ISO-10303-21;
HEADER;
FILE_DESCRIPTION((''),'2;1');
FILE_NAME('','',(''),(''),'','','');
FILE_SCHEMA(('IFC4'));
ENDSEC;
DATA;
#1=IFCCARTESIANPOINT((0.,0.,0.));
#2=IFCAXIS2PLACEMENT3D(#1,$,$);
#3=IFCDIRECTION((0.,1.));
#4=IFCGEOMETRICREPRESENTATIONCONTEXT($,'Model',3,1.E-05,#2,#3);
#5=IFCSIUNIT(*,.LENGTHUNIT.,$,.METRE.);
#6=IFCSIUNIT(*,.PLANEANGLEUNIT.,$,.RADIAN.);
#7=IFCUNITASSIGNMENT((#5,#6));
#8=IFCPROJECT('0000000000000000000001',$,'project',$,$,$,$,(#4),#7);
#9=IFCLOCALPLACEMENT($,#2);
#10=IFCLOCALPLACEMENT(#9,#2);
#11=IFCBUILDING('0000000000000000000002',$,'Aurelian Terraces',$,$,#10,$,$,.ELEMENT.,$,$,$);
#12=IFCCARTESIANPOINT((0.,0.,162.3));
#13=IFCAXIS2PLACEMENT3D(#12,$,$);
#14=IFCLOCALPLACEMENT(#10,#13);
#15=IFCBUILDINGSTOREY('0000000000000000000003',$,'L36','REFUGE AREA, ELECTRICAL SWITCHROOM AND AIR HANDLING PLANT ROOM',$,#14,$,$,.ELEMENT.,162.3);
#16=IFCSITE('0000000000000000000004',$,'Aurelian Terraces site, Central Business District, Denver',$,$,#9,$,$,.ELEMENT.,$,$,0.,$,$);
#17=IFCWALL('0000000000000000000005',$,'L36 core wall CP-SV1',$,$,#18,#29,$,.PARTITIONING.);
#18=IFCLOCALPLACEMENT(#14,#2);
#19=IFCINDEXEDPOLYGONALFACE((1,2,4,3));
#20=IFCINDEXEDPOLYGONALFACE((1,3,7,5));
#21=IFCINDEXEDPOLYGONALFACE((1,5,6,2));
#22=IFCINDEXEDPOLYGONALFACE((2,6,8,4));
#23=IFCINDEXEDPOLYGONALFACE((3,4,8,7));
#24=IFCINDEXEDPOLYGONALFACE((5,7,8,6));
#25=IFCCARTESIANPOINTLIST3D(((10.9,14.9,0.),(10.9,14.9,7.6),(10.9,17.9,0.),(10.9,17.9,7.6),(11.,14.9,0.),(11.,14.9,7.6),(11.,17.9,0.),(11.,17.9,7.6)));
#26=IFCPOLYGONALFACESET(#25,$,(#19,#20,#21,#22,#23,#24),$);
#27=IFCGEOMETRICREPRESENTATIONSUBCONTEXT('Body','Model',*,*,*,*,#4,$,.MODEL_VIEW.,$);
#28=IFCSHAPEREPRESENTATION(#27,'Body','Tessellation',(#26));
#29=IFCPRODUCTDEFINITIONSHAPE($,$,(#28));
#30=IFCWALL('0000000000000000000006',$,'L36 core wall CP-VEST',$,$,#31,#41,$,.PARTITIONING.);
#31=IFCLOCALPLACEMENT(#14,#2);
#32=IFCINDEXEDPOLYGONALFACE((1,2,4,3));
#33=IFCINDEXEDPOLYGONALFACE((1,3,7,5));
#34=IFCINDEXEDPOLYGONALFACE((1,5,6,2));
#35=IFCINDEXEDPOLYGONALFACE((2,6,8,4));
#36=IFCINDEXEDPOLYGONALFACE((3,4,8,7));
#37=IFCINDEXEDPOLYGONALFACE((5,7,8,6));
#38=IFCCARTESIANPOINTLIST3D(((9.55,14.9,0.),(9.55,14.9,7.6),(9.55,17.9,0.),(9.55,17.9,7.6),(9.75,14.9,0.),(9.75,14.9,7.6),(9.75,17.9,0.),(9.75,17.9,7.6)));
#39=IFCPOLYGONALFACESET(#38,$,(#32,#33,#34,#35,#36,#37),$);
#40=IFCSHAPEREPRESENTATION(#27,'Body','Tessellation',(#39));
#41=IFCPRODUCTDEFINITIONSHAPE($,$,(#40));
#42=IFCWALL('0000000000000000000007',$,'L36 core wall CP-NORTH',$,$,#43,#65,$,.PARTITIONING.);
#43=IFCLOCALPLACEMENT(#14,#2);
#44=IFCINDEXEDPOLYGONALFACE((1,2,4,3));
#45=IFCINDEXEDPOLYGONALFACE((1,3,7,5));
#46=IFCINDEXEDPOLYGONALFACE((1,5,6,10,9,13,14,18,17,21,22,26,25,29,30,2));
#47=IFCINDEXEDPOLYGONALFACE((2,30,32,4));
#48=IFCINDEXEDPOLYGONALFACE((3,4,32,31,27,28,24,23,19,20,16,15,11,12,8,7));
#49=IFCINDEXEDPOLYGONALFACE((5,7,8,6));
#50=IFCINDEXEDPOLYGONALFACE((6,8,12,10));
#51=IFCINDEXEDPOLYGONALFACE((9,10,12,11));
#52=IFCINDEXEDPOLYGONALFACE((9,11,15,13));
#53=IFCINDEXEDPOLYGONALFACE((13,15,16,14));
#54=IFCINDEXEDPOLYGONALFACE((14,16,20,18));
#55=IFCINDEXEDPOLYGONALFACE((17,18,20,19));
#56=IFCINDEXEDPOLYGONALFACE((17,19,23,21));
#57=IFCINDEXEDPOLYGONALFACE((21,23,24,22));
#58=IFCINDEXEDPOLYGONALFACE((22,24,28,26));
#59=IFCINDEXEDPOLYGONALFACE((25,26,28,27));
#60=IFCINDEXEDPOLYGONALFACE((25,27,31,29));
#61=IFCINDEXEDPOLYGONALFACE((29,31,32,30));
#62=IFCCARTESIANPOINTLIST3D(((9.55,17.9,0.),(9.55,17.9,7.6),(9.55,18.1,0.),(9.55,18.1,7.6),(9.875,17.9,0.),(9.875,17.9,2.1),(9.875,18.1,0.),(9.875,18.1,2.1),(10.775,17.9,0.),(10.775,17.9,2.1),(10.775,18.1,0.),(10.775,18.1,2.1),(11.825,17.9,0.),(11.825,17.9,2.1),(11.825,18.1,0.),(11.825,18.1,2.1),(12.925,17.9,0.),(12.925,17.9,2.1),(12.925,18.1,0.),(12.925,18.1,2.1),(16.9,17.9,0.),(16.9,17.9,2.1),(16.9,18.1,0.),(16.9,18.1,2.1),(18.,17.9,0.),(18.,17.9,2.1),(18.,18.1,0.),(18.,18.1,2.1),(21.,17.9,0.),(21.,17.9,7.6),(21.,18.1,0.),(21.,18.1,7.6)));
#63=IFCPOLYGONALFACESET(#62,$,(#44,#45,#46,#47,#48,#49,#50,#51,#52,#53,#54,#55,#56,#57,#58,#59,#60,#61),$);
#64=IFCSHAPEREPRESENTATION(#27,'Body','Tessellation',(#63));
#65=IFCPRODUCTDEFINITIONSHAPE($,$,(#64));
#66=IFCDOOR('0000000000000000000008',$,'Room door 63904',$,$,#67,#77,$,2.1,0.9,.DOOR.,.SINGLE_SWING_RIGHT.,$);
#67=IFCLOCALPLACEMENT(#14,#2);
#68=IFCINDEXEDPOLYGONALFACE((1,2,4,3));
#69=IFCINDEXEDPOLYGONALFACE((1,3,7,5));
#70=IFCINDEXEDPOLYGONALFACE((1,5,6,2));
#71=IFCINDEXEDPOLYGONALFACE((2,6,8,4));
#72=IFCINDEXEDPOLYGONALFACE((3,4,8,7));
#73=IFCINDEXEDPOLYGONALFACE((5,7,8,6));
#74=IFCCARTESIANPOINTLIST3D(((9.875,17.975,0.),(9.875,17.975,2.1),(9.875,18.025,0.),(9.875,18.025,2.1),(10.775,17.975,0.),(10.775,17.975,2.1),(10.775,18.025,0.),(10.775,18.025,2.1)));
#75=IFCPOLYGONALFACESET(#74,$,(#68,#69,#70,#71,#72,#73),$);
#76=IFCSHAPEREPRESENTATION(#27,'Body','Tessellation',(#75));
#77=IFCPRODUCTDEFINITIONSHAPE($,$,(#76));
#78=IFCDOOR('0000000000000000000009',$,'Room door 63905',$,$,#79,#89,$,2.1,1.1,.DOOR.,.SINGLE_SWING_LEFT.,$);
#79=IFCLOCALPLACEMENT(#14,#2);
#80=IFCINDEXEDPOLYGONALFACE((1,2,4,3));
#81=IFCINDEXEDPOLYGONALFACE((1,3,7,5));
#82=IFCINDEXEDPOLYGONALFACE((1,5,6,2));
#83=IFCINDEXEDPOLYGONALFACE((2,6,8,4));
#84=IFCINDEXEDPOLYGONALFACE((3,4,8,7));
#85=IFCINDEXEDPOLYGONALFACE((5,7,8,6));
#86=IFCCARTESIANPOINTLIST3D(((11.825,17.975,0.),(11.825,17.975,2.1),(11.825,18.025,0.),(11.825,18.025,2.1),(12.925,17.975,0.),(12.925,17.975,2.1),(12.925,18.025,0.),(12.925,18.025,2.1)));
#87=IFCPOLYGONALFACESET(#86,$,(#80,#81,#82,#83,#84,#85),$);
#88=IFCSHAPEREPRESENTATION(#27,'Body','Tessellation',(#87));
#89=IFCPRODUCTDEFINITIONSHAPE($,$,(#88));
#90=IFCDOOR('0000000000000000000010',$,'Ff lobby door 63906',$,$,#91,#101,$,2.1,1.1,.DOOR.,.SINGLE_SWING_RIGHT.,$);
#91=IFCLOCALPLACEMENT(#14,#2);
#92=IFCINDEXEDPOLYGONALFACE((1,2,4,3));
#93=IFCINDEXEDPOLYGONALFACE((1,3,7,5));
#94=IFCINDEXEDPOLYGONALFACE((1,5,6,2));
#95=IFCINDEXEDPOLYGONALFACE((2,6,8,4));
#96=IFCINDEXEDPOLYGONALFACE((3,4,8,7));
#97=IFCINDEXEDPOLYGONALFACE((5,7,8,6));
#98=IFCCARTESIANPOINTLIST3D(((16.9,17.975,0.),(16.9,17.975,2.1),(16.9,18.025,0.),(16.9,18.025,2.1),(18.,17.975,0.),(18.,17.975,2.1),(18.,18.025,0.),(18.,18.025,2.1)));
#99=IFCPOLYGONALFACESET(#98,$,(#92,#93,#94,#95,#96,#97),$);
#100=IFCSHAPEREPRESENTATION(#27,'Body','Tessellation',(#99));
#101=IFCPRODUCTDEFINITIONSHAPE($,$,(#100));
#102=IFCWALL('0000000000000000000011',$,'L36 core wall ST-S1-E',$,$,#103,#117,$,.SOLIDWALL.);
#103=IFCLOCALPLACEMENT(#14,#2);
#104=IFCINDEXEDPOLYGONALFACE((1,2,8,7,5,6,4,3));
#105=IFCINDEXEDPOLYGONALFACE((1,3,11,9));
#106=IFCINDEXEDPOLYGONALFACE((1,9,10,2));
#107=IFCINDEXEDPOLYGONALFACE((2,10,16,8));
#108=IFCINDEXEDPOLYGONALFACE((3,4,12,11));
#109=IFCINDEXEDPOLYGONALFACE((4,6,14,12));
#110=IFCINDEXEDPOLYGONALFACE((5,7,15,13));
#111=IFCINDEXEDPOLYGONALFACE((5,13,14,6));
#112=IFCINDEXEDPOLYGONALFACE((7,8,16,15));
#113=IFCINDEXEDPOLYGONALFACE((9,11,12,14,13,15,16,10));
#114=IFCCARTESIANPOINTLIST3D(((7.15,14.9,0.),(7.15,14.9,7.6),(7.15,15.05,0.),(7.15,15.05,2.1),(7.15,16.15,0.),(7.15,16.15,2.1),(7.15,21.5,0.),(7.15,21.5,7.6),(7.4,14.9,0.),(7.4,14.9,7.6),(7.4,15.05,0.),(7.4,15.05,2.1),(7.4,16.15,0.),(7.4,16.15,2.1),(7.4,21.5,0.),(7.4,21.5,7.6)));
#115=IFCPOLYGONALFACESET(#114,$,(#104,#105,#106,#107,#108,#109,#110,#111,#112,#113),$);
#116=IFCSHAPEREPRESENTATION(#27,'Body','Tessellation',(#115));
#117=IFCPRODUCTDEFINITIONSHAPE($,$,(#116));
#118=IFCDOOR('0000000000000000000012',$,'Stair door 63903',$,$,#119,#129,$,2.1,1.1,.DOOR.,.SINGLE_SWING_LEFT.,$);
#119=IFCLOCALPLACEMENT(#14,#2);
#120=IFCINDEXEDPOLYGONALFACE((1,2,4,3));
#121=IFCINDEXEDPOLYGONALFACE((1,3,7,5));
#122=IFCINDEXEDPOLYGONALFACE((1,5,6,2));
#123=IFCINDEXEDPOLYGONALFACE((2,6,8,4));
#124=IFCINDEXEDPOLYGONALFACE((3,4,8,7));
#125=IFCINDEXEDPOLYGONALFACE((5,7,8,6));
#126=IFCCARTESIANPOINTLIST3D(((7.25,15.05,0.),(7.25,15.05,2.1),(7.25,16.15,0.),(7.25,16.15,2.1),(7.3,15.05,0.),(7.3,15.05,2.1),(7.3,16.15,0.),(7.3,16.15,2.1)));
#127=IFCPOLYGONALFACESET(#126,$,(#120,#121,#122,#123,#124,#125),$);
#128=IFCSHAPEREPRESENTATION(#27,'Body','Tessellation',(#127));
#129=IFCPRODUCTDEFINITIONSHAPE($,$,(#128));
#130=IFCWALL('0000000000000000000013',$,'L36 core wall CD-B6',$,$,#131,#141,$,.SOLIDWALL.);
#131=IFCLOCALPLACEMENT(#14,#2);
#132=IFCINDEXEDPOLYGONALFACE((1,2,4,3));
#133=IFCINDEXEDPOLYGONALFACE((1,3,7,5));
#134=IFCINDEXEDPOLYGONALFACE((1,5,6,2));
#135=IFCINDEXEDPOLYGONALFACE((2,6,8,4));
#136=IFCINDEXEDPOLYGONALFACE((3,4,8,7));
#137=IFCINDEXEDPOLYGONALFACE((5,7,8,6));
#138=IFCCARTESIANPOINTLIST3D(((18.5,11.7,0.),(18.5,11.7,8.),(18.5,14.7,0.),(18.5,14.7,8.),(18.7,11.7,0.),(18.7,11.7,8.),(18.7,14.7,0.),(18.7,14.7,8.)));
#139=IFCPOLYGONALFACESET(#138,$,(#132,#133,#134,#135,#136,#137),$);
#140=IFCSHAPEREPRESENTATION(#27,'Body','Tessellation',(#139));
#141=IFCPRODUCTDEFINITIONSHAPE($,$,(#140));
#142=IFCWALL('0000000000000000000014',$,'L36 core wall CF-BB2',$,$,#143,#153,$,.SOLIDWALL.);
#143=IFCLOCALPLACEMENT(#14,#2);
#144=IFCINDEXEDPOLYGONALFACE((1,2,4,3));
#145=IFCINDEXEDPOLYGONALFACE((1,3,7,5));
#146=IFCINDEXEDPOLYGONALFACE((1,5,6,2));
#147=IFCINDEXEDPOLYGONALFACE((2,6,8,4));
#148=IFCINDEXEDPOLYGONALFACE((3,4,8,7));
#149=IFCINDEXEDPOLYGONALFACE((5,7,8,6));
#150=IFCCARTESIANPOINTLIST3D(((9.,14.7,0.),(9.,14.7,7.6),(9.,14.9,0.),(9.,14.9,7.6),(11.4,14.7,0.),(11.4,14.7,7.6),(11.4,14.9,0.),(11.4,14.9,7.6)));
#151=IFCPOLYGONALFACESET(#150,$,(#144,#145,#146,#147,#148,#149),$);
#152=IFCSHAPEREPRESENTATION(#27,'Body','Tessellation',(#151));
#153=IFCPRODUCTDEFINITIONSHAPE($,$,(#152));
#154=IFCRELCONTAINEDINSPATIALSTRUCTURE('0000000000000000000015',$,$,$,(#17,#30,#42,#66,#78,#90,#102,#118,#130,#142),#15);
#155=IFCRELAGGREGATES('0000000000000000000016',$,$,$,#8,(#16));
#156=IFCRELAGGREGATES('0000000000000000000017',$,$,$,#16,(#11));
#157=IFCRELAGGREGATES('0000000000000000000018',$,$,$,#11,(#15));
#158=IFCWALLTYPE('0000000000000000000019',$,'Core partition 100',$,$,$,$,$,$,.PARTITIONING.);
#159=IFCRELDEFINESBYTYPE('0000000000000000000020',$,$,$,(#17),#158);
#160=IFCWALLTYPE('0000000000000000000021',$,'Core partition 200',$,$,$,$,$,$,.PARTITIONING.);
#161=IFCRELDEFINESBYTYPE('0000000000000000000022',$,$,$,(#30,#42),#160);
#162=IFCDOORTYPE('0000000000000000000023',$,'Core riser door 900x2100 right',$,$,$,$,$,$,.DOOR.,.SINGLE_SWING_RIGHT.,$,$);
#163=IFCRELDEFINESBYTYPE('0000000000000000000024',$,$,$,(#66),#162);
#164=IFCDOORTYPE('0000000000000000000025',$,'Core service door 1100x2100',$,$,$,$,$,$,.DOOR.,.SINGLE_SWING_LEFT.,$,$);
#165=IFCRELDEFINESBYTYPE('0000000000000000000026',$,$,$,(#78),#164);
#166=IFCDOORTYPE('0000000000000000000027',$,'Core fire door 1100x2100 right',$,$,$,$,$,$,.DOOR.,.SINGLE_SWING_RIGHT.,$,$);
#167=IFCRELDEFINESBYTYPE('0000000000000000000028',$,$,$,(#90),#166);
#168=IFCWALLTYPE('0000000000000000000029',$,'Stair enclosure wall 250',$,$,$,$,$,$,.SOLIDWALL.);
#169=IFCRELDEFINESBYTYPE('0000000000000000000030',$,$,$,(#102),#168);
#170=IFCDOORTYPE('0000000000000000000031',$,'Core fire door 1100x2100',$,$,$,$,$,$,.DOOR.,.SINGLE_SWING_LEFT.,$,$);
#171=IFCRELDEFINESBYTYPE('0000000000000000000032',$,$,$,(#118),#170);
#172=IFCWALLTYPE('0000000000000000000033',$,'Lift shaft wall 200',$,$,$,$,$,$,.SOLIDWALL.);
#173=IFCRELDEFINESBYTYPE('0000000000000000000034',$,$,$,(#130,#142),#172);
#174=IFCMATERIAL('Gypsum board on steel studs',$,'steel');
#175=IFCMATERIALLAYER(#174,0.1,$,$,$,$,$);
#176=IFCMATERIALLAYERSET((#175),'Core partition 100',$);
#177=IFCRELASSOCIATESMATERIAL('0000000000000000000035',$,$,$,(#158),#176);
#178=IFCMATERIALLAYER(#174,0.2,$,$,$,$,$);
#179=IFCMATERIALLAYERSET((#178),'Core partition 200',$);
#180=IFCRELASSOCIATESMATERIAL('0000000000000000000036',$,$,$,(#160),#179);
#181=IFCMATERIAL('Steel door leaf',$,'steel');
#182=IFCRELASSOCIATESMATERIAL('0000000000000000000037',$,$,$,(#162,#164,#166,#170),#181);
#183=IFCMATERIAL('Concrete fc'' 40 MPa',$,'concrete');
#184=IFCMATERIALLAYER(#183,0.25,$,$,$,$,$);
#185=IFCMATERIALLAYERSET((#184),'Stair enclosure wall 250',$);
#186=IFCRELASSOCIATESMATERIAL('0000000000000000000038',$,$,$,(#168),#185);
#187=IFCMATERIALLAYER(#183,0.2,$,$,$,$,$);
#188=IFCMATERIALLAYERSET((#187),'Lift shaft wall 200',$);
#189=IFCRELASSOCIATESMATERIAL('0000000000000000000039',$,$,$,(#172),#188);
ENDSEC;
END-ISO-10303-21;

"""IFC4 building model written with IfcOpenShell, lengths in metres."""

from ifc_helpers import new_model, si_unit, direction, frame, frame_2d, origin, place, context, subcontext, project, spatial, rectangle, extrude, source, transform, mapped, material, layer, layer_set, type_object, element, fill, save


model = new_model("IFC4")

# Units and contexts
model_context = context("Model", 3, precision=1e-05, world=origin(), true_north=direction((0.0, 1.0)))
body_context = subcontext(model_context, "Body", "Model", "MODEL_VIEW")
ifc_project = project(units=[si_unit("LENGTHUNIT", "METRE"), si_unit("PLANEANGLEUNIT", "RADIAN")], contexts=[model_context])

# Site, building, storey
site_placement = place(None, origin())
site = spatial("IfcSite", under=ifc_project, at=site_placement, Name="Aurelian Terraces site, Central Business District, Denver", CompositionType="ELEMENT", RefElevation=0.0)
building_placement = place(site_placement, origin())
building = spatial("IfcBuilding", under=site, at=building_placement, Name="Aurelian Terraces", CompositionType="ELEMENT")
storey_placement = place(building_placement, frame((0.0, 0.0, 162.3)))
storey = spatial("IfcBuildingStorey", under=building, at=storey_placement, Name="L36", Description="REFUGE AREA, ELECTRICAL SWITCHROOM AND AIR HANDLING PLANT ROOM", CompositionType="ELEMENT", Elevation=162.3)

# Walls
ifc_material_1 = material(Name="Gypsum board on steel studs", Category="steel")
ifc_layer_1 = layer(ifc_material_1, 0.1)
ifc_layer_set_1 = layer_set([ifc_layer_1], Name="Core partition 100")
wall_type_1 = type_object("IfcWallType", Name="Core partition 100", PredefinedType="PARTITIONING", material=ifc_layer_set_1)
wall_1_placement = place(storey_placement, frame((10.95, 14.9, 0.0), z_axis=(0.0, 0.0, 1.0), x_axis=(0.0, 1.0, 0.0)))
element("IfcWall", 1, at=wall_1_placement, inside=storey, type_object=wall_type_1, Name="L36 core wall CP-SV1", PredefinedType="PARTITIONING", context=body_context, shape_type="SweptSolid", body=[
    extrude(rectangle(XDim=3.0, YDim=0.1, at=frame_2d((1.5, 0.0))), origin(), (0.0, 0.0, 1.0), 7.6),
])
ifc_layer_2 = layer(ifc_material_1, 0.2)
ifc_layer_set_2 = layer_set([ifc_layer_2], Name="Core partition 200")
wall_type_2 = type_object("IfcWallType", Name="Core partition 200", PredefinedType="PARTITIONING", material=ifc_layer_set_2)
wall_2_placement = place(storey_placement, frame((9.65, 14.9, 0.0), z_axis=(0.0, 0.0, 1.0), x_axis=(0.0, 1.0, 0.0)))
element("IfcWall", 2, at=wall_2_placement, inside=storey, type_object=wall_type_2, Name="L36 core wall CP-VEST", PredefinedType="PARTITIONING", context=body_context, shape_type="SweptSolid", body=[
    extrude(rectangle(XDim=3.0, YDim=0.2, at=frame_2d((1.5, 0.0))), origin(), (0.0, 0.0, 1.0), 7.6),
])

# Wall, openings, doors
wall_3_placement = place(storey_placement, frame((9.55, 18.0, 0.0), z_axis=(0.0, 0.0, 1.0), x_axis=(1.0, 0.0, 0.0)))
wall_3 = element("IfcWall", 3, at=wall_3_placement, inside=storey, type_object=wall_type_2, Name="L36 core wall CP-NORTH", PredefinedType="PARTITIONING", context=body_context, shape_type="SweptSolid", body=[
    extrude(rectangle(XDim=11.45, YDim=0.2, at=frame_2d((5.725, 0.0))), origin(), (0.0, 0.0, 1.0), 7.6),
])
shared_shape_1 = source(origin(), body_context, "Body", "SweptSolid", [
    extrude(rectangle(XDim=0.9, YDim=2.1, at=frame_2d((0.45, 1.05))), frame((0.0, 0.11, 0.0), z_axis=(0.0, -1.0, 0.0), x_axis=(1.0, 0.0, 0.0)), (0.0, 0.0, 1.0), 0.22),
])
opening_1_placement = place(wall_3_placement, frame((0.325, 0.0, 0.0)))
opening_1 = element("IfcOpeningElement", 4, at=opening_1_placement, cuts=wall_3, PredefinedType="OPENING", context=body_context, shape_type="MappedRepresentation", body=[
    mapped(shared_shape_1, transform((0.0, 0.0, 0.0), scale=1.0)),
])
shared_shape_2 = source(origin(), body_context, "Body", "SweptSolid", [
    extrude(rectangle(XDim=1.1, YDim=2.1, at=frame_2d((0.55, 1.05))), frame((0.0, 0.11, 0.0), z_axis=(0.0, -1.0, 0.0), x_axis=(1.0, 0.0, 0.0)), (0.0, 0.0, 1.0), 0.22),
])
opening_2_placement = place(wall_3_placement, frame((2.275, 0.0, 0.0)))
opening_2 = element("IfcOpeningElement", 5, at=opening_2_placement, cuts=wall_3, PredefinedType="OPENING", context=body_context, shape_type="MappedRepresentation", body=[
    mapped(shared_shape_2, transform((0.0, 0.0, 0.0), scale=1.0)),
])
opening_3_placement = place(wall_3_placement, frame((7.35, 0.0, 0.0)))
opening_3 = element("IfcOpeningElement", 6, at=opening_3_placement, cuts=wall_3, PredefinedType="OPENING", context=body_context, shape_type="MappedRepresentation", body=[
    mapped(shared_shape_2, transform((0.0, 0.0, 0.0), scale=1.0)),
])
ifc_material_2 = material(Name="Steel door leaf", Category="steel")
door_type_1 = type_object("IfcDoorType", Name="Core riser door 900x2100 right", OperationType="SINGLE_SWING_RIGHT", PredefinedType="DOOR", material=ifc_material_2)
shared_shape_3 = source(origin(), body_context, "Body", "SweptSolid", [
    extrude(rectangle(XDim=0.9, YDim=2.1, at=frame_2d((0.45, 1.05))), frame((0.0, 0.025, 0.0), z_axis=(0.0, -1.0, 0.0), x_axis=(1.0, 0.0, 0.0)), (0.0, 0.0, 1.0), 0.05),
])
door_1_placement = place(opening_1_placement, origin())
door_1 = element("IfcDoor", 7, at=door_1_placement, inside=storey, type_object=door_type_1, Name="Room door 63904", OperationType="SINGLE_SWING_RIGHT", OverallHeight=2.1, OverallWidth=0.9, PredefinedType="DOOR", context=body_context, shape_type="MappedRepresentation", body=[
    mapped(shared_shape_3, transform((0.0, 0.0, 0.0), scale=1.0)),
])
fill(opening_1, door_1)
door_type_2 = type_object("IfcDoorType", Name="Core service door 1100x2100", OperationType="SINGLE_SWING_LEFT", PredefinedType="DOOR", material=ifc_material_2)
shared_shape_4 = source(origin(), body_context, "Body", "SweptSolid", [
    extrude(rectangle(XDim=1.1, YDim=2.1, at=frame_2d((0.55, 1.05))), frame((0.0, 0.025, 0.0), z_axis=(0.0, -1.0, 0.0), x_axis=(1.0, 0.0, 0.0)), (0.0, 0.0, 1.0), 0.05),
])
door_2_placement = place(opening_2_placement, origin())
door_2 = element("IfcDoor", 8, at=door_2_placement, inside=storey, type_object=door_type_2, Name="Room door 63905", OperationType="SINGLE_SWING_LEFT", OverallHeight=2.1, OverallWidth=1.1, PredefinedType="DOOR", context=body_context, shape_type="MappedRepresentation", body=[
    mapped(shared_shape_4, transform((0.0, 0.0, 0.0), scale=1.0)),
])
fill(opening_2, door_2)
door_type_3 = type_object("IfcDoorType", Name="Core fire door 1100x2100 right", OperationType="SINGLE_SWING_RIGHT", PredefinedType="DOOR", material=ifc_material_2)
door_3_placement = place(opening_3_placement, origin())
door_3 = element("IfcDoor", 9, at=door_3_placement, inside=storey, type_object=door_type_3, Name="Ff lobby door 63906", OperationType="SINGLE_SWING_RIGHT", OverallHeight=2.1, OverallWidth=1.1, PredefinedType="DOOR", context=body_context, shape_type="MappedRepresentation", body=[
    mapped(shared_shape_4, transform((0.0, 0.0, 0.0), scale=1.0)),
])
fill(opening_3, door_3)

# Wall, opening, door
ifc_material_3 = material(Name="Concrete fc' 40 MPa", Category="concrete")
ifc_layer_3 = layer(ifc_material_3, 0.25)
ifc_layer_set_3 = layer_set([ifc_layer_3], Name="Stair enclosure wall 250")
wall_type_3 = type_object("IfcWallType", Name="Stair enclosure wall 250", PredefinedType="SOLIDWALL", material=ifc_layer_set_3)
wall_4_placement = place(storey_placement, frame((7.275, 14.9, 0.0), z_axis=(0.0, 0.0, 1.0), x_axis=(0.0, 1.0, 0.0)))
wall_4 = element("IfcWall", 10, at=wall_4_placement, inside=storey, type_object=wall_type_3, Name="L36 core wall ST-S1-E", PredefinedType="SOLIDWALL", context=body_context, shape_type="SweptSolid", body=[
    extrude(rectangle(XDim=6.6, YDim=0.25, at=frame_2d((3.3, 0.0))), origin(), (0.0, 0.0, 1.0), 7.6),
])
shared_shape_5 = source(origin(), body_context, "Body", "SweptSolid", [
    extrude(rectangle(XDim=1.1, YDim=2.1, at=frame_2d((0.55, 1.05))), frame((0.0, 0.135, 0.0), z_axis=(0.0, -1.0, 0.0), x_axis=(1.0, 0.0, 0.0)), (0.0, 0.0, 1.0), 0.27),
])
opening_4_placement = place(wall_4_placement, frame((0.15, 0.0, 0.0)))
opening_4 = element("IfcOpeningElement", 11, at=opening_4_placement, cuts=wall_4, PredefinedType="OPENING", context=body_context, shape_type="MappedRepresentation", body=[
    mapped(shared_shape_5, transform((0.0, 0.0, 0.0), scale=1.0)),
])
door_type_4 = type_object("IfcDoorType", Name="Core fire door 1100x2100", OperationType="SINGLE_SWING_LEFT", PredefinedType="DOOR", material=ifc_material_2)
door_4_placement = place(opening_4_placement, origin())
door_4 = element("IfcDoor", 12, at=door_4_placement, inside=storey, type_object=door_type_4, Name="Stair door 63903", OperationType="SINGLE_SWING_LEFT", OverallHeight=2.1, OverallWidth=1.1, PredefinedType="DOOR", context=body_context, shape_type="MappedRepresentation", body=[
    mapped(shared_shape_4, transform((0.0, 0.0, 0.0), scale=1.0)),
])
fill(opening_4, door_4)

# Walls
ifc_layer_4 = layer(ifc_material_3, 0.2)
ifc_layer_set_4 = layer_set([ifc_layer_4], Name="Lift shaft wall 200")
wall_type_4 = type_object("IfcWallType", Name="Lift shaft wall 200", PredefinedType="SOLIDWALL", material=ifc_layer_set_4)
shared_shape_6 = source(origin(), body_context, "Body", "SweptSolid", [
    extrude(rectangle(XDim=3.0, YDim=0.2, at=frame_2d((1.5, 0.0))), origin(), (0.0, 0.0, 1.0), 8.0),
])
wall_5_placement = place(storey_placement, frame((18.6, 11.7, 0.0), z_axis=(0.0, 0.0, 1.0), x_axis=(0.0, 1.0, 0.0)))
element("IfcWall", 13, at=wall_5_placement, inside=storey, type_object=wall_type_4, Name="L36 core wall CD-B6", PredefinedType="SOLIDWALL", context=body_context, shape_type="MappedRepresentation", body=[
    mapped(shared_shape_6, transform((0.0, 0.0, 0.0), scale=1.0)),
])
shared_shape_7 = source(origin(), body_context, "Body", "SweptSolid", [
    extrude(rectangle(XDim=2.4, YDim=0.2, at=frame_2d((1.2, 0.0))), origin(), (0.0, 0.0, 1.0), 7.6),
])
wall_6_placement = place(storey_placement, frame((9.0, 14.8, 0.0), z_axis=(0.0, 0.0, 1.0), x_axis=(1.0, 0.0, 0.0)))
element("IfcWall", 14, at=wall_6_placement, inside=storey, type_object=wall_type_4, Name="L36 core wall CF-BB2", PredefinedType="SOLIDWALL", context=body_context, shape_type="MappedRepresentation", body=[
    mapped(shared_shape_7, transform((0.0, 0.0, 0.0), scale=1.0)),
])

save(model, "model.ifc")
